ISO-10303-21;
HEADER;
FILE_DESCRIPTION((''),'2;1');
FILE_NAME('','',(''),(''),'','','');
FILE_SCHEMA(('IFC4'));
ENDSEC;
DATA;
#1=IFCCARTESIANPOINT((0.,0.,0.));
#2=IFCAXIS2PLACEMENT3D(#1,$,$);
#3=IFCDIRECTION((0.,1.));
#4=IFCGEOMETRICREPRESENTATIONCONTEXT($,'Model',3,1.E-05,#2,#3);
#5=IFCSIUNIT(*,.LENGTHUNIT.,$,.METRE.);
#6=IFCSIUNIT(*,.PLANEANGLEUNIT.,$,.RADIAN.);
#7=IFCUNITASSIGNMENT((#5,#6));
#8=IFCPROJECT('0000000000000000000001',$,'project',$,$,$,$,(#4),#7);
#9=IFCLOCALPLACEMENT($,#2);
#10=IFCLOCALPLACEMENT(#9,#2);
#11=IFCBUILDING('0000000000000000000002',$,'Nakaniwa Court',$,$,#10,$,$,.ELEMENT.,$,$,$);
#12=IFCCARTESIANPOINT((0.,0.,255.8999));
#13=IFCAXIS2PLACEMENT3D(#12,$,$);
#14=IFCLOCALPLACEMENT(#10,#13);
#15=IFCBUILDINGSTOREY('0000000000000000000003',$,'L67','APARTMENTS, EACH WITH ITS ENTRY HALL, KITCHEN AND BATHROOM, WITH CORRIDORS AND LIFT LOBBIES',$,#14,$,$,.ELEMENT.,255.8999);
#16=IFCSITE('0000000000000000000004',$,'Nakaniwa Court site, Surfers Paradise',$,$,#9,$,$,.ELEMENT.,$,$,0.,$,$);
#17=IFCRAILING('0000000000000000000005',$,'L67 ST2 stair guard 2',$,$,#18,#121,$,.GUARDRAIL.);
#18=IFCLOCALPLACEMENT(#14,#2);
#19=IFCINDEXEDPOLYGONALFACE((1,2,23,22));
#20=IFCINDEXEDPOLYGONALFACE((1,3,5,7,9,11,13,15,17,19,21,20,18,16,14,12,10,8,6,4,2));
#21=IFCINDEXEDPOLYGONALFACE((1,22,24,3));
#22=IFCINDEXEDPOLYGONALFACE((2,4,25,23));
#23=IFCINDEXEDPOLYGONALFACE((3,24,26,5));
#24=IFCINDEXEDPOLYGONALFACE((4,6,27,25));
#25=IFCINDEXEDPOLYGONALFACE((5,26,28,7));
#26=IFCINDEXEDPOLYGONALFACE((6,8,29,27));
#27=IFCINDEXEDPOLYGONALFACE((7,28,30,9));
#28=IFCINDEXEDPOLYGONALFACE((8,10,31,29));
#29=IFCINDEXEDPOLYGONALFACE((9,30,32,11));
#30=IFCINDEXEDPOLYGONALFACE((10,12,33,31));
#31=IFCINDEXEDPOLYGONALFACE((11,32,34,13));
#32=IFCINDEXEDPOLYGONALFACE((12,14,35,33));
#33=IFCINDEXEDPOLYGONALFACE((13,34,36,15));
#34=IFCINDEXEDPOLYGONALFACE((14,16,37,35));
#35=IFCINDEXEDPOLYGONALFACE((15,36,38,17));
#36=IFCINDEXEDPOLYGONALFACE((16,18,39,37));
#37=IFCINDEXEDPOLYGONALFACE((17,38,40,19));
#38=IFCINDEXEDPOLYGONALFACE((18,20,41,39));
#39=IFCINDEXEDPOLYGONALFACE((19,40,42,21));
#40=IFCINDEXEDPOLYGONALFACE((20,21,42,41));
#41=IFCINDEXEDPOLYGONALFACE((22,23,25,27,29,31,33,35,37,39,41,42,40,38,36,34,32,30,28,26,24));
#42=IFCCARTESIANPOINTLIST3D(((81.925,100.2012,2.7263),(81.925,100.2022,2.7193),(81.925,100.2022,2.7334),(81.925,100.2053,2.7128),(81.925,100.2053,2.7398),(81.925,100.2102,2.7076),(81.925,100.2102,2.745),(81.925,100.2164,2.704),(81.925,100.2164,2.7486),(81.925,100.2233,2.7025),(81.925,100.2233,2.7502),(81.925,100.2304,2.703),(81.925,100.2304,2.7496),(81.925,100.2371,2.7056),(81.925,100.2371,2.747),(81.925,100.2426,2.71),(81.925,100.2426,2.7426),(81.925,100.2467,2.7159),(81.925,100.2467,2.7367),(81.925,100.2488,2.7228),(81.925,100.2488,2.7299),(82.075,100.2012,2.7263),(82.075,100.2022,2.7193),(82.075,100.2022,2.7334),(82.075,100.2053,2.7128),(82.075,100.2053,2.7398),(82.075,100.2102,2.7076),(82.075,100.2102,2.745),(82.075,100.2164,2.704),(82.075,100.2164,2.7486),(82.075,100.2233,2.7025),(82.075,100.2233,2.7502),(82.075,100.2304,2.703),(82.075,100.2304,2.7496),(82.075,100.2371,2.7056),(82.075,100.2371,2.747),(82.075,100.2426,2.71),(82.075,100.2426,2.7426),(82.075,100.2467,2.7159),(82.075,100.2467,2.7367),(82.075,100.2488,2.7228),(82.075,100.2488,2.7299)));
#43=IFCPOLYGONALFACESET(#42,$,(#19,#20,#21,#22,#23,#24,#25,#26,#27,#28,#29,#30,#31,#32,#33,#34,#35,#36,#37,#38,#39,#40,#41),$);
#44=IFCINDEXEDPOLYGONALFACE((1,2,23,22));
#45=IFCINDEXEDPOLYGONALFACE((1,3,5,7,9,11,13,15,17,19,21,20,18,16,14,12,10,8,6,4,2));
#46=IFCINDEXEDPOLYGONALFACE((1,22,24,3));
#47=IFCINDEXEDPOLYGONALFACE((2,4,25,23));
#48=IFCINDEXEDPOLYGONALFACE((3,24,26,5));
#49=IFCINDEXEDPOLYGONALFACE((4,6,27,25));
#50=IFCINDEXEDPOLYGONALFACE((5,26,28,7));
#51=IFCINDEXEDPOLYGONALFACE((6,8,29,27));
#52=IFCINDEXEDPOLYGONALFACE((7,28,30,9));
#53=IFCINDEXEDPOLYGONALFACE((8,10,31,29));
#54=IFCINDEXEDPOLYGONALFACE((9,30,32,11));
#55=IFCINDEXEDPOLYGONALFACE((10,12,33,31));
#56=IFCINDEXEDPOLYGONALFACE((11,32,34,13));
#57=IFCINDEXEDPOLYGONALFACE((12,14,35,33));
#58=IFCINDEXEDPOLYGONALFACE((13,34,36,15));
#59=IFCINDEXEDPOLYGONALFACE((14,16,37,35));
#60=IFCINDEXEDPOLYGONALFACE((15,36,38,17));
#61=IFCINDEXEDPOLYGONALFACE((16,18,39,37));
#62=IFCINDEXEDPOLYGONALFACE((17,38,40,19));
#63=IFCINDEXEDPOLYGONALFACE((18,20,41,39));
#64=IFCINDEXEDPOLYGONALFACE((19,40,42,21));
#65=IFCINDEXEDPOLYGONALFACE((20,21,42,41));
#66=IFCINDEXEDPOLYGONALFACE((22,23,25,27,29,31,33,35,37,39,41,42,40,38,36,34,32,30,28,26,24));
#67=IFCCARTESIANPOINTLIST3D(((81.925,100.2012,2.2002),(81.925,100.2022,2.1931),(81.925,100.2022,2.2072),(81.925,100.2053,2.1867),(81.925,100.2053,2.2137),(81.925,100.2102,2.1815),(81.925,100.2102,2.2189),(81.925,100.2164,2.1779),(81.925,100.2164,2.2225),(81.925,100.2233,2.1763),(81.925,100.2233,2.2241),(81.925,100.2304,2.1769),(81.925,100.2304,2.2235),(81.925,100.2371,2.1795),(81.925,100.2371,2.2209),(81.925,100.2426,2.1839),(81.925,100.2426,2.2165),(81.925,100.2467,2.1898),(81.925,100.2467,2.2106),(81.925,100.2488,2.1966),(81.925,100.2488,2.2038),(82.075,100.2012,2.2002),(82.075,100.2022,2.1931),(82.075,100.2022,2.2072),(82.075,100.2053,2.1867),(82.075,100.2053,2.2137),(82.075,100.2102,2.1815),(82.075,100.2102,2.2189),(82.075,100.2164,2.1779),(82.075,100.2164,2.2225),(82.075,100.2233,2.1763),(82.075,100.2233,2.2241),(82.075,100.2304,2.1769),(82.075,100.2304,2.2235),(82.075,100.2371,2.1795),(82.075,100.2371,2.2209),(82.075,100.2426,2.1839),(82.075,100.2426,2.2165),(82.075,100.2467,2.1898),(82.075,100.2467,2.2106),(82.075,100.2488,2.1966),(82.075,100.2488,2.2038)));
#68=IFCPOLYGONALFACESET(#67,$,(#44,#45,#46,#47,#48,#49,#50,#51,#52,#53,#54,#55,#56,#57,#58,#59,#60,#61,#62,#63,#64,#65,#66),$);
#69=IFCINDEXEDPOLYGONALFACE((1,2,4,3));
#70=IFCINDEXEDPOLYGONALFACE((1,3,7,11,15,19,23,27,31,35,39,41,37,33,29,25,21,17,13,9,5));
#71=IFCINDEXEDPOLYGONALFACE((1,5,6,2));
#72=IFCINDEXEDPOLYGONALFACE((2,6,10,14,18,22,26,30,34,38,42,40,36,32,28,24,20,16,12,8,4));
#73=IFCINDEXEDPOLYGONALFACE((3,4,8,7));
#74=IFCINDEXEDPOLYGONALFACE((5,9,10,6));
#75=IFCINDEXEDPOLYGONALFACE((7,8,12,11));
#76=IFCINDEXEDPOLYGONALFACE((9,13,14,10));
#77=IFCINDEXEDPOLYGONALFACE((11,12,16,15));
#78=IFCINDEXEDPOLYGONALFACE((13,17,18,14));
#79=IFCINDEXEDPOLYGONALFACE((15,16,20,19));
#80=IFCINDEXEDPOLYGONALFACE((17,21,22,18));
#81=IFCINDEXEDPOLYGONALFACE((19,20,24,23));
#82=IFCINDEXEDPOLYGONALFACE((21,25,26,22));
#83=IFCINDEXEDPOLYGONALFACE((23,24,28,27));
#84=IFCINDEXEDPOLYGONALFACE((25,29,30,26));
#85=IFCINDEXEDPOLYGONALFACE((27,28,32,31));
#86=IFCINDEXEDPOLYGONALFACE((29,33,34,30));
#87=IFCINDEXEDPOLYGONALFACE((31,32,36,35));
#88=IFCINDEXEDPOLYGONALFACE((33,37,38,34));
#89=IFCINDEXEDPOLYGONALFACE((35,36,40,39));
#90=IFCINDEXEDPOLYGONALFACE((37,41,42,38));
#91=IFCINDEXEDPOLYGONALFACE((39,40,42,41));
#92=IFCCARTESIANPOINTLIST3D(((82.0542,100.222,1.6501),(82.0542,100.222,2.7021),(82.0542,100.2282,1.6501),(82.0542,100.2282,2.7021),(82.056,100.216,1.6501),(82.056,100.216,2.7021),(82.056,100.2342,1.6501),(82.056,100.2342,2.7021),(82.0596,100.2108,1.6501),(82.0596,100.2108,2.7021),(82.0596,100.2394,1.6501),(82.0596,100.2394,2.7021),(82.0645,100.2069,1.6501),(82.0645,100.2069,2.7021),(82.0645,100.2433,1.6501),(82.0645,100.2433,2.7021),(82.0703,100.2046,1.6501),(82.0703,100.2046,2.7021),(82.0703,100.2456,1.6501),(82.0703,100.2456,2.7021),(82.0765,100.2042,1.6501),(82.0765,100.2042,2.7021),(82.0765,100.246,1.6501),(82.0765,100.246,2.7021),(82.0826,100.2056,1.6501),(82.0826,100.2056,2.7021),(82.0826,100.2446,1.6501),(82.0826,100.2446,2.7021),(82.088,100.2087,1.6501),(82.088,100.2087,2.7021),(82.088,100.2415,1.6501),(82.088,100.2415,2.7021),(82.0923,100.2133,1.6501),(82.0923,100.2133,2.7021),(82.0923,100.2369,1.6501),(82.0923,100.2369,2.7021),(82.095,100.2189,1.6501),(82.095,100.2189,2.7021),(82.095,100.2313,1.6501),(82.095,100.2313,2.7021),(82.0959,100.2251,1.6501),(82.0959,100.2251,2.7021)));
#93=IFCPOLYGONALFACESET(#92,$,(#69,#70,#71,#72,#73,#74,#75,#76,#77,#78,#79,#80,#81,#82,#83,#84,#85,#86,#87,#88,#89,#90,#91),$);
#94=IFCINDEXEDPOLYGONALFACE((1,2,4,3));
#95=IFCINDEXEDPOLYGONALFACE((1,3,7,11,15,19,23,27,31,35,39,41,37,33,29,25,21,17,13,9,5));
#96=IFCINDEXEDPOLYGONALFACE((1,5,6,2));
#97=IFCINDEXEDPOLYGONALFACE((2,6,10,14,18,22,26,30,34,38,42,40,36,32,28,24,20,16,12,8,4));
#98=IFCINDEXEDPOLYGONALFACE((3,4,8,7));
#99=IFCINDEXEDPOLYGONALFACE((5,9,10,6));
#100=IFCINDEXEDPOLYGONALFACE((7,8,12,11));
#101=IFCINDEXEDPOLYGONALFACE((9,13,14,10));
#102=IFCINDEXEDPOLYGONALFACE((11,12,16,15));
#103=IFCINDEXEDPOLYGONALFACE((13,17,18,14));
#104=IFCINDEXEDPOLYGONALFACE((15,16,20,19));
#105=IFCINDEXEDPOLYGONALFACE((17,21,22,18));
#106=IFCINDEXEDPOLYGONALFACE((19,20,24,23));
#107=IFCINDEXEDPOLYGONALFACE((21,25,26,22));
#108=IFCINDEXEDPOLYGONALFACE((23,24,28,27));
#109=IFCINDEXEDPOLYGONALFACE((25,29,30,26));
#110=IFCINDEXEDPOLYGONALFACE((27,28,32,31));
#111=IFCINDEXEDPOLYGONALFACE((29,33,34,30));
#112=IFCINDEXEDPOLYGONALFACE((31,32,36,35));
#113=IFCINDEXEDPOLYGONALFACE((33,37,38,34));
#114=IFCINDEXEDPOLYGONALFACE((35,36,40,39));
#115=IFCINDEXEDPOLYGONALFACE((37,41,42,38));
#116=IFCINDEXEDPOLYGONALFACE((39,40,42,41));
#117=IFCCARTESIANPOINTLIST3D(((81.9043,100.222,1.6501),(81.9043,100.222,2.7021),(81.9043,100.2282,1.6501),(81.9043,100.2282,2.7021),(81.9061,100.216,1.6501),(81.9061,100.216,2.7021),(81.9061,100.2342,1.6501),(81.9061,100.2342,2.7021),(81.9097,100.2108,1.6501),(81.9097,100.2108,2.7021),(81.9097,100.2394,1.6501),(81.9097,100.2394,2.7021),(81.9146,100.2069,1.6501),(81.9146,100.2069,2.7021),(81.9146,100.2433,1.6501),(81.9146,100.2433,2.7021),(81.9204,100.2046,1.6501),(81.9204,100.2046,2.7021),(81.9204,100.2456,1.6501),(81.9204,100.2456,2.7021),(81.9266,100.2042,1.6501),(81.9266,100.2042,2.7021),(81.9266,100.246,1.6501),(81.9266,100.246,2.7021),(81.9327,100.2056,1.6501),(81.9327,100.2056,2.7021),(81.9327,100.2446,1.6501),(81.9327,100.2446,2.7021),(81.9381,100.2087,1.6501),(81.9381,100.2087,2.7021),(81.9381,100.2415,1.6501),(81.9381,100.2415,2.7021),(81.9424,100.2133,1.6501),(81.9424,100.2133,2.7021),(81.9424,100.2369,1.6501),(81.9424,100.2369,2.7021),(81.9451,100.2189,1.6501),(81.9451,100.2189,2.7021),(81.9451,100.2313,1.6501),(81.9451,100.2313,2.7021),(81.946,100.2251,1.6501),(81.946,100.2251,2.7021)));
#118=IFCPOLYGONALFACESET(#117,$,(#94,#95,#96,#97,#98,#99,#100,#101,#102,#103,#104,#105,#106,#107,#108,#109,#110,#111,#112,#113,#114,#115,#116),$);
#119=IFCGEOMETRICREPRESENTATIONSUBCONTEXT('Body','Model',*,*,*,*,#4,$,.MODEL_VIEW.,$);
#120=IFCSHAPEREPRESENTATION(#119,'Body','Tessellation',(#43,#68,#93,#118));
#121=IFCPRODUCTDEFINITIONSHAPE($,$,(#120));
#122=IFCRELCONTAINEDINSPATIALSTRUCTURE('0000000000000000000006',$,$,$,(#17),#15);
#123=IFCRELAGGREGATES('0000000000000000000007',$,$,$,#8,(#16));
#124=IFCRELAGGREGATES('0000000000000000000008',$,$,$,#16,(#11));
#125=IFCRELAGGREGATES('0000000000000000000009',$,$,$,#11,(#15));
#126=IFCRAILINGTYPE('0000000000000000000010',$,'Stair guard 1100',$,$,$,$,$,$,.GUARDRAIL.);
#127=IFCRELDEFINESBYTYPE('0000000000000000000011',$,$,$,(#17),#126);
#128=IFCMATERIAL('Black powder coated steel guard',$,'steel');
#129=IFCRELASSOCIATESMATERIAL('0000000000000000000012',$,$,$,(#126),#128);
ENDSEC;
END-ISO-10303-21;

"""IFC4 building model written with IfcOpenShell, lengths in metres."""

from ifc_helpers import new_model, si_unit, direction, frame, origin, origin_2d, place, context, subcontext, project, spatial, circle, extrude, material, type_object, element, save


model = new_model("IFC4")

# Units and contexts
model_context = context("Model", 3, precision=1e-05, world=origin(), true_north=direction((0.0, 1.0)))
body_context = subcontext(model_context, "Body", "Model", "MODEL_VIEW")
ifc_project = project(units=[si_unit("LENGTHUNIT", "METRE"), si_unit("PLANEANGLEUNIT", "RADIAN")], contexts=[model_context])

# Site, building, storey
site_placement = place(None, origin())
site = spatial("IfcSite", under=ifc_project, at=site_placement, Name="Nakaniwa Court site, Surfers Paradise", CompositionType="ELEMENT", RefElevation=0.0)
building_placement = place(site_placement, origin())
building = spatial("IfcBuilding", under=site, at=building_placement, Name="Nakaniwa Court", CompositionType="ELEMENT")
storey_placement = place(building_placement, frame((0.0, 0.0, 255.8999)))
storey = spatial("IfcBuildingStorey", under=building, at=storey_placement, Name="L67", Description="APARTMENTS, EACH WITH ITS ENTRY HALL, KITCHEN AND BATHROOM, WITH CORRIDORS AND LIFT LOBBIES", CompositionType="ELEMENT", Elevation=255.8999)

# Railing
ifc_material_1 = material(Name="Black powder coated steel guard", Category="steel")
railing_type_1 = type_object("IfcRailingType", Name="Stair guard 1100", PredefinedType="GUARDRAIL", material=ifc_material_1)
railing_1_placement = place(storey_placement, frame((82.075, 100.2251, 1.6501)))
element("IfcRailing", 1, at=railing_1_placement, inside=storey, type_object=railing_type_1, Name="L67 ST2 stair guard 2", PredefinedType="GUARDRAIL", context=body_context, shape_type="SweptSolid", body=[
    extrude(circle(Radius=0.0239, at=origin_2d()), frame((0.0, 0.0, 1.0762), z_axis=(-1.0, 0.0, 0.0), x_axis=(0.0, -1.0, 0.0)), (0.0, 0.0, 1.0), 0.1499),
    extrude(circle(Radius=0.0239, at=origin_2d()), frame((0.0, 0.0, 0.55), z_axis=(-1.0, 0.0, 0.0), x_axis=(0.0, -1.0, 0.0)), (0.0, 0.0, 1.0), 0.1499),
    extrude(circle(Radius=0.021, at=origin_2d()), origin(), (0.0, 0.0, 1.0), 1.052),
    extrude(circle(Radius=0.021, at=origin_2d()), frame((-0.1499, 0.0, 0.0)), (0.0, 0.0, 1.0), 1.052),
])

save(model, "model.ifc")
